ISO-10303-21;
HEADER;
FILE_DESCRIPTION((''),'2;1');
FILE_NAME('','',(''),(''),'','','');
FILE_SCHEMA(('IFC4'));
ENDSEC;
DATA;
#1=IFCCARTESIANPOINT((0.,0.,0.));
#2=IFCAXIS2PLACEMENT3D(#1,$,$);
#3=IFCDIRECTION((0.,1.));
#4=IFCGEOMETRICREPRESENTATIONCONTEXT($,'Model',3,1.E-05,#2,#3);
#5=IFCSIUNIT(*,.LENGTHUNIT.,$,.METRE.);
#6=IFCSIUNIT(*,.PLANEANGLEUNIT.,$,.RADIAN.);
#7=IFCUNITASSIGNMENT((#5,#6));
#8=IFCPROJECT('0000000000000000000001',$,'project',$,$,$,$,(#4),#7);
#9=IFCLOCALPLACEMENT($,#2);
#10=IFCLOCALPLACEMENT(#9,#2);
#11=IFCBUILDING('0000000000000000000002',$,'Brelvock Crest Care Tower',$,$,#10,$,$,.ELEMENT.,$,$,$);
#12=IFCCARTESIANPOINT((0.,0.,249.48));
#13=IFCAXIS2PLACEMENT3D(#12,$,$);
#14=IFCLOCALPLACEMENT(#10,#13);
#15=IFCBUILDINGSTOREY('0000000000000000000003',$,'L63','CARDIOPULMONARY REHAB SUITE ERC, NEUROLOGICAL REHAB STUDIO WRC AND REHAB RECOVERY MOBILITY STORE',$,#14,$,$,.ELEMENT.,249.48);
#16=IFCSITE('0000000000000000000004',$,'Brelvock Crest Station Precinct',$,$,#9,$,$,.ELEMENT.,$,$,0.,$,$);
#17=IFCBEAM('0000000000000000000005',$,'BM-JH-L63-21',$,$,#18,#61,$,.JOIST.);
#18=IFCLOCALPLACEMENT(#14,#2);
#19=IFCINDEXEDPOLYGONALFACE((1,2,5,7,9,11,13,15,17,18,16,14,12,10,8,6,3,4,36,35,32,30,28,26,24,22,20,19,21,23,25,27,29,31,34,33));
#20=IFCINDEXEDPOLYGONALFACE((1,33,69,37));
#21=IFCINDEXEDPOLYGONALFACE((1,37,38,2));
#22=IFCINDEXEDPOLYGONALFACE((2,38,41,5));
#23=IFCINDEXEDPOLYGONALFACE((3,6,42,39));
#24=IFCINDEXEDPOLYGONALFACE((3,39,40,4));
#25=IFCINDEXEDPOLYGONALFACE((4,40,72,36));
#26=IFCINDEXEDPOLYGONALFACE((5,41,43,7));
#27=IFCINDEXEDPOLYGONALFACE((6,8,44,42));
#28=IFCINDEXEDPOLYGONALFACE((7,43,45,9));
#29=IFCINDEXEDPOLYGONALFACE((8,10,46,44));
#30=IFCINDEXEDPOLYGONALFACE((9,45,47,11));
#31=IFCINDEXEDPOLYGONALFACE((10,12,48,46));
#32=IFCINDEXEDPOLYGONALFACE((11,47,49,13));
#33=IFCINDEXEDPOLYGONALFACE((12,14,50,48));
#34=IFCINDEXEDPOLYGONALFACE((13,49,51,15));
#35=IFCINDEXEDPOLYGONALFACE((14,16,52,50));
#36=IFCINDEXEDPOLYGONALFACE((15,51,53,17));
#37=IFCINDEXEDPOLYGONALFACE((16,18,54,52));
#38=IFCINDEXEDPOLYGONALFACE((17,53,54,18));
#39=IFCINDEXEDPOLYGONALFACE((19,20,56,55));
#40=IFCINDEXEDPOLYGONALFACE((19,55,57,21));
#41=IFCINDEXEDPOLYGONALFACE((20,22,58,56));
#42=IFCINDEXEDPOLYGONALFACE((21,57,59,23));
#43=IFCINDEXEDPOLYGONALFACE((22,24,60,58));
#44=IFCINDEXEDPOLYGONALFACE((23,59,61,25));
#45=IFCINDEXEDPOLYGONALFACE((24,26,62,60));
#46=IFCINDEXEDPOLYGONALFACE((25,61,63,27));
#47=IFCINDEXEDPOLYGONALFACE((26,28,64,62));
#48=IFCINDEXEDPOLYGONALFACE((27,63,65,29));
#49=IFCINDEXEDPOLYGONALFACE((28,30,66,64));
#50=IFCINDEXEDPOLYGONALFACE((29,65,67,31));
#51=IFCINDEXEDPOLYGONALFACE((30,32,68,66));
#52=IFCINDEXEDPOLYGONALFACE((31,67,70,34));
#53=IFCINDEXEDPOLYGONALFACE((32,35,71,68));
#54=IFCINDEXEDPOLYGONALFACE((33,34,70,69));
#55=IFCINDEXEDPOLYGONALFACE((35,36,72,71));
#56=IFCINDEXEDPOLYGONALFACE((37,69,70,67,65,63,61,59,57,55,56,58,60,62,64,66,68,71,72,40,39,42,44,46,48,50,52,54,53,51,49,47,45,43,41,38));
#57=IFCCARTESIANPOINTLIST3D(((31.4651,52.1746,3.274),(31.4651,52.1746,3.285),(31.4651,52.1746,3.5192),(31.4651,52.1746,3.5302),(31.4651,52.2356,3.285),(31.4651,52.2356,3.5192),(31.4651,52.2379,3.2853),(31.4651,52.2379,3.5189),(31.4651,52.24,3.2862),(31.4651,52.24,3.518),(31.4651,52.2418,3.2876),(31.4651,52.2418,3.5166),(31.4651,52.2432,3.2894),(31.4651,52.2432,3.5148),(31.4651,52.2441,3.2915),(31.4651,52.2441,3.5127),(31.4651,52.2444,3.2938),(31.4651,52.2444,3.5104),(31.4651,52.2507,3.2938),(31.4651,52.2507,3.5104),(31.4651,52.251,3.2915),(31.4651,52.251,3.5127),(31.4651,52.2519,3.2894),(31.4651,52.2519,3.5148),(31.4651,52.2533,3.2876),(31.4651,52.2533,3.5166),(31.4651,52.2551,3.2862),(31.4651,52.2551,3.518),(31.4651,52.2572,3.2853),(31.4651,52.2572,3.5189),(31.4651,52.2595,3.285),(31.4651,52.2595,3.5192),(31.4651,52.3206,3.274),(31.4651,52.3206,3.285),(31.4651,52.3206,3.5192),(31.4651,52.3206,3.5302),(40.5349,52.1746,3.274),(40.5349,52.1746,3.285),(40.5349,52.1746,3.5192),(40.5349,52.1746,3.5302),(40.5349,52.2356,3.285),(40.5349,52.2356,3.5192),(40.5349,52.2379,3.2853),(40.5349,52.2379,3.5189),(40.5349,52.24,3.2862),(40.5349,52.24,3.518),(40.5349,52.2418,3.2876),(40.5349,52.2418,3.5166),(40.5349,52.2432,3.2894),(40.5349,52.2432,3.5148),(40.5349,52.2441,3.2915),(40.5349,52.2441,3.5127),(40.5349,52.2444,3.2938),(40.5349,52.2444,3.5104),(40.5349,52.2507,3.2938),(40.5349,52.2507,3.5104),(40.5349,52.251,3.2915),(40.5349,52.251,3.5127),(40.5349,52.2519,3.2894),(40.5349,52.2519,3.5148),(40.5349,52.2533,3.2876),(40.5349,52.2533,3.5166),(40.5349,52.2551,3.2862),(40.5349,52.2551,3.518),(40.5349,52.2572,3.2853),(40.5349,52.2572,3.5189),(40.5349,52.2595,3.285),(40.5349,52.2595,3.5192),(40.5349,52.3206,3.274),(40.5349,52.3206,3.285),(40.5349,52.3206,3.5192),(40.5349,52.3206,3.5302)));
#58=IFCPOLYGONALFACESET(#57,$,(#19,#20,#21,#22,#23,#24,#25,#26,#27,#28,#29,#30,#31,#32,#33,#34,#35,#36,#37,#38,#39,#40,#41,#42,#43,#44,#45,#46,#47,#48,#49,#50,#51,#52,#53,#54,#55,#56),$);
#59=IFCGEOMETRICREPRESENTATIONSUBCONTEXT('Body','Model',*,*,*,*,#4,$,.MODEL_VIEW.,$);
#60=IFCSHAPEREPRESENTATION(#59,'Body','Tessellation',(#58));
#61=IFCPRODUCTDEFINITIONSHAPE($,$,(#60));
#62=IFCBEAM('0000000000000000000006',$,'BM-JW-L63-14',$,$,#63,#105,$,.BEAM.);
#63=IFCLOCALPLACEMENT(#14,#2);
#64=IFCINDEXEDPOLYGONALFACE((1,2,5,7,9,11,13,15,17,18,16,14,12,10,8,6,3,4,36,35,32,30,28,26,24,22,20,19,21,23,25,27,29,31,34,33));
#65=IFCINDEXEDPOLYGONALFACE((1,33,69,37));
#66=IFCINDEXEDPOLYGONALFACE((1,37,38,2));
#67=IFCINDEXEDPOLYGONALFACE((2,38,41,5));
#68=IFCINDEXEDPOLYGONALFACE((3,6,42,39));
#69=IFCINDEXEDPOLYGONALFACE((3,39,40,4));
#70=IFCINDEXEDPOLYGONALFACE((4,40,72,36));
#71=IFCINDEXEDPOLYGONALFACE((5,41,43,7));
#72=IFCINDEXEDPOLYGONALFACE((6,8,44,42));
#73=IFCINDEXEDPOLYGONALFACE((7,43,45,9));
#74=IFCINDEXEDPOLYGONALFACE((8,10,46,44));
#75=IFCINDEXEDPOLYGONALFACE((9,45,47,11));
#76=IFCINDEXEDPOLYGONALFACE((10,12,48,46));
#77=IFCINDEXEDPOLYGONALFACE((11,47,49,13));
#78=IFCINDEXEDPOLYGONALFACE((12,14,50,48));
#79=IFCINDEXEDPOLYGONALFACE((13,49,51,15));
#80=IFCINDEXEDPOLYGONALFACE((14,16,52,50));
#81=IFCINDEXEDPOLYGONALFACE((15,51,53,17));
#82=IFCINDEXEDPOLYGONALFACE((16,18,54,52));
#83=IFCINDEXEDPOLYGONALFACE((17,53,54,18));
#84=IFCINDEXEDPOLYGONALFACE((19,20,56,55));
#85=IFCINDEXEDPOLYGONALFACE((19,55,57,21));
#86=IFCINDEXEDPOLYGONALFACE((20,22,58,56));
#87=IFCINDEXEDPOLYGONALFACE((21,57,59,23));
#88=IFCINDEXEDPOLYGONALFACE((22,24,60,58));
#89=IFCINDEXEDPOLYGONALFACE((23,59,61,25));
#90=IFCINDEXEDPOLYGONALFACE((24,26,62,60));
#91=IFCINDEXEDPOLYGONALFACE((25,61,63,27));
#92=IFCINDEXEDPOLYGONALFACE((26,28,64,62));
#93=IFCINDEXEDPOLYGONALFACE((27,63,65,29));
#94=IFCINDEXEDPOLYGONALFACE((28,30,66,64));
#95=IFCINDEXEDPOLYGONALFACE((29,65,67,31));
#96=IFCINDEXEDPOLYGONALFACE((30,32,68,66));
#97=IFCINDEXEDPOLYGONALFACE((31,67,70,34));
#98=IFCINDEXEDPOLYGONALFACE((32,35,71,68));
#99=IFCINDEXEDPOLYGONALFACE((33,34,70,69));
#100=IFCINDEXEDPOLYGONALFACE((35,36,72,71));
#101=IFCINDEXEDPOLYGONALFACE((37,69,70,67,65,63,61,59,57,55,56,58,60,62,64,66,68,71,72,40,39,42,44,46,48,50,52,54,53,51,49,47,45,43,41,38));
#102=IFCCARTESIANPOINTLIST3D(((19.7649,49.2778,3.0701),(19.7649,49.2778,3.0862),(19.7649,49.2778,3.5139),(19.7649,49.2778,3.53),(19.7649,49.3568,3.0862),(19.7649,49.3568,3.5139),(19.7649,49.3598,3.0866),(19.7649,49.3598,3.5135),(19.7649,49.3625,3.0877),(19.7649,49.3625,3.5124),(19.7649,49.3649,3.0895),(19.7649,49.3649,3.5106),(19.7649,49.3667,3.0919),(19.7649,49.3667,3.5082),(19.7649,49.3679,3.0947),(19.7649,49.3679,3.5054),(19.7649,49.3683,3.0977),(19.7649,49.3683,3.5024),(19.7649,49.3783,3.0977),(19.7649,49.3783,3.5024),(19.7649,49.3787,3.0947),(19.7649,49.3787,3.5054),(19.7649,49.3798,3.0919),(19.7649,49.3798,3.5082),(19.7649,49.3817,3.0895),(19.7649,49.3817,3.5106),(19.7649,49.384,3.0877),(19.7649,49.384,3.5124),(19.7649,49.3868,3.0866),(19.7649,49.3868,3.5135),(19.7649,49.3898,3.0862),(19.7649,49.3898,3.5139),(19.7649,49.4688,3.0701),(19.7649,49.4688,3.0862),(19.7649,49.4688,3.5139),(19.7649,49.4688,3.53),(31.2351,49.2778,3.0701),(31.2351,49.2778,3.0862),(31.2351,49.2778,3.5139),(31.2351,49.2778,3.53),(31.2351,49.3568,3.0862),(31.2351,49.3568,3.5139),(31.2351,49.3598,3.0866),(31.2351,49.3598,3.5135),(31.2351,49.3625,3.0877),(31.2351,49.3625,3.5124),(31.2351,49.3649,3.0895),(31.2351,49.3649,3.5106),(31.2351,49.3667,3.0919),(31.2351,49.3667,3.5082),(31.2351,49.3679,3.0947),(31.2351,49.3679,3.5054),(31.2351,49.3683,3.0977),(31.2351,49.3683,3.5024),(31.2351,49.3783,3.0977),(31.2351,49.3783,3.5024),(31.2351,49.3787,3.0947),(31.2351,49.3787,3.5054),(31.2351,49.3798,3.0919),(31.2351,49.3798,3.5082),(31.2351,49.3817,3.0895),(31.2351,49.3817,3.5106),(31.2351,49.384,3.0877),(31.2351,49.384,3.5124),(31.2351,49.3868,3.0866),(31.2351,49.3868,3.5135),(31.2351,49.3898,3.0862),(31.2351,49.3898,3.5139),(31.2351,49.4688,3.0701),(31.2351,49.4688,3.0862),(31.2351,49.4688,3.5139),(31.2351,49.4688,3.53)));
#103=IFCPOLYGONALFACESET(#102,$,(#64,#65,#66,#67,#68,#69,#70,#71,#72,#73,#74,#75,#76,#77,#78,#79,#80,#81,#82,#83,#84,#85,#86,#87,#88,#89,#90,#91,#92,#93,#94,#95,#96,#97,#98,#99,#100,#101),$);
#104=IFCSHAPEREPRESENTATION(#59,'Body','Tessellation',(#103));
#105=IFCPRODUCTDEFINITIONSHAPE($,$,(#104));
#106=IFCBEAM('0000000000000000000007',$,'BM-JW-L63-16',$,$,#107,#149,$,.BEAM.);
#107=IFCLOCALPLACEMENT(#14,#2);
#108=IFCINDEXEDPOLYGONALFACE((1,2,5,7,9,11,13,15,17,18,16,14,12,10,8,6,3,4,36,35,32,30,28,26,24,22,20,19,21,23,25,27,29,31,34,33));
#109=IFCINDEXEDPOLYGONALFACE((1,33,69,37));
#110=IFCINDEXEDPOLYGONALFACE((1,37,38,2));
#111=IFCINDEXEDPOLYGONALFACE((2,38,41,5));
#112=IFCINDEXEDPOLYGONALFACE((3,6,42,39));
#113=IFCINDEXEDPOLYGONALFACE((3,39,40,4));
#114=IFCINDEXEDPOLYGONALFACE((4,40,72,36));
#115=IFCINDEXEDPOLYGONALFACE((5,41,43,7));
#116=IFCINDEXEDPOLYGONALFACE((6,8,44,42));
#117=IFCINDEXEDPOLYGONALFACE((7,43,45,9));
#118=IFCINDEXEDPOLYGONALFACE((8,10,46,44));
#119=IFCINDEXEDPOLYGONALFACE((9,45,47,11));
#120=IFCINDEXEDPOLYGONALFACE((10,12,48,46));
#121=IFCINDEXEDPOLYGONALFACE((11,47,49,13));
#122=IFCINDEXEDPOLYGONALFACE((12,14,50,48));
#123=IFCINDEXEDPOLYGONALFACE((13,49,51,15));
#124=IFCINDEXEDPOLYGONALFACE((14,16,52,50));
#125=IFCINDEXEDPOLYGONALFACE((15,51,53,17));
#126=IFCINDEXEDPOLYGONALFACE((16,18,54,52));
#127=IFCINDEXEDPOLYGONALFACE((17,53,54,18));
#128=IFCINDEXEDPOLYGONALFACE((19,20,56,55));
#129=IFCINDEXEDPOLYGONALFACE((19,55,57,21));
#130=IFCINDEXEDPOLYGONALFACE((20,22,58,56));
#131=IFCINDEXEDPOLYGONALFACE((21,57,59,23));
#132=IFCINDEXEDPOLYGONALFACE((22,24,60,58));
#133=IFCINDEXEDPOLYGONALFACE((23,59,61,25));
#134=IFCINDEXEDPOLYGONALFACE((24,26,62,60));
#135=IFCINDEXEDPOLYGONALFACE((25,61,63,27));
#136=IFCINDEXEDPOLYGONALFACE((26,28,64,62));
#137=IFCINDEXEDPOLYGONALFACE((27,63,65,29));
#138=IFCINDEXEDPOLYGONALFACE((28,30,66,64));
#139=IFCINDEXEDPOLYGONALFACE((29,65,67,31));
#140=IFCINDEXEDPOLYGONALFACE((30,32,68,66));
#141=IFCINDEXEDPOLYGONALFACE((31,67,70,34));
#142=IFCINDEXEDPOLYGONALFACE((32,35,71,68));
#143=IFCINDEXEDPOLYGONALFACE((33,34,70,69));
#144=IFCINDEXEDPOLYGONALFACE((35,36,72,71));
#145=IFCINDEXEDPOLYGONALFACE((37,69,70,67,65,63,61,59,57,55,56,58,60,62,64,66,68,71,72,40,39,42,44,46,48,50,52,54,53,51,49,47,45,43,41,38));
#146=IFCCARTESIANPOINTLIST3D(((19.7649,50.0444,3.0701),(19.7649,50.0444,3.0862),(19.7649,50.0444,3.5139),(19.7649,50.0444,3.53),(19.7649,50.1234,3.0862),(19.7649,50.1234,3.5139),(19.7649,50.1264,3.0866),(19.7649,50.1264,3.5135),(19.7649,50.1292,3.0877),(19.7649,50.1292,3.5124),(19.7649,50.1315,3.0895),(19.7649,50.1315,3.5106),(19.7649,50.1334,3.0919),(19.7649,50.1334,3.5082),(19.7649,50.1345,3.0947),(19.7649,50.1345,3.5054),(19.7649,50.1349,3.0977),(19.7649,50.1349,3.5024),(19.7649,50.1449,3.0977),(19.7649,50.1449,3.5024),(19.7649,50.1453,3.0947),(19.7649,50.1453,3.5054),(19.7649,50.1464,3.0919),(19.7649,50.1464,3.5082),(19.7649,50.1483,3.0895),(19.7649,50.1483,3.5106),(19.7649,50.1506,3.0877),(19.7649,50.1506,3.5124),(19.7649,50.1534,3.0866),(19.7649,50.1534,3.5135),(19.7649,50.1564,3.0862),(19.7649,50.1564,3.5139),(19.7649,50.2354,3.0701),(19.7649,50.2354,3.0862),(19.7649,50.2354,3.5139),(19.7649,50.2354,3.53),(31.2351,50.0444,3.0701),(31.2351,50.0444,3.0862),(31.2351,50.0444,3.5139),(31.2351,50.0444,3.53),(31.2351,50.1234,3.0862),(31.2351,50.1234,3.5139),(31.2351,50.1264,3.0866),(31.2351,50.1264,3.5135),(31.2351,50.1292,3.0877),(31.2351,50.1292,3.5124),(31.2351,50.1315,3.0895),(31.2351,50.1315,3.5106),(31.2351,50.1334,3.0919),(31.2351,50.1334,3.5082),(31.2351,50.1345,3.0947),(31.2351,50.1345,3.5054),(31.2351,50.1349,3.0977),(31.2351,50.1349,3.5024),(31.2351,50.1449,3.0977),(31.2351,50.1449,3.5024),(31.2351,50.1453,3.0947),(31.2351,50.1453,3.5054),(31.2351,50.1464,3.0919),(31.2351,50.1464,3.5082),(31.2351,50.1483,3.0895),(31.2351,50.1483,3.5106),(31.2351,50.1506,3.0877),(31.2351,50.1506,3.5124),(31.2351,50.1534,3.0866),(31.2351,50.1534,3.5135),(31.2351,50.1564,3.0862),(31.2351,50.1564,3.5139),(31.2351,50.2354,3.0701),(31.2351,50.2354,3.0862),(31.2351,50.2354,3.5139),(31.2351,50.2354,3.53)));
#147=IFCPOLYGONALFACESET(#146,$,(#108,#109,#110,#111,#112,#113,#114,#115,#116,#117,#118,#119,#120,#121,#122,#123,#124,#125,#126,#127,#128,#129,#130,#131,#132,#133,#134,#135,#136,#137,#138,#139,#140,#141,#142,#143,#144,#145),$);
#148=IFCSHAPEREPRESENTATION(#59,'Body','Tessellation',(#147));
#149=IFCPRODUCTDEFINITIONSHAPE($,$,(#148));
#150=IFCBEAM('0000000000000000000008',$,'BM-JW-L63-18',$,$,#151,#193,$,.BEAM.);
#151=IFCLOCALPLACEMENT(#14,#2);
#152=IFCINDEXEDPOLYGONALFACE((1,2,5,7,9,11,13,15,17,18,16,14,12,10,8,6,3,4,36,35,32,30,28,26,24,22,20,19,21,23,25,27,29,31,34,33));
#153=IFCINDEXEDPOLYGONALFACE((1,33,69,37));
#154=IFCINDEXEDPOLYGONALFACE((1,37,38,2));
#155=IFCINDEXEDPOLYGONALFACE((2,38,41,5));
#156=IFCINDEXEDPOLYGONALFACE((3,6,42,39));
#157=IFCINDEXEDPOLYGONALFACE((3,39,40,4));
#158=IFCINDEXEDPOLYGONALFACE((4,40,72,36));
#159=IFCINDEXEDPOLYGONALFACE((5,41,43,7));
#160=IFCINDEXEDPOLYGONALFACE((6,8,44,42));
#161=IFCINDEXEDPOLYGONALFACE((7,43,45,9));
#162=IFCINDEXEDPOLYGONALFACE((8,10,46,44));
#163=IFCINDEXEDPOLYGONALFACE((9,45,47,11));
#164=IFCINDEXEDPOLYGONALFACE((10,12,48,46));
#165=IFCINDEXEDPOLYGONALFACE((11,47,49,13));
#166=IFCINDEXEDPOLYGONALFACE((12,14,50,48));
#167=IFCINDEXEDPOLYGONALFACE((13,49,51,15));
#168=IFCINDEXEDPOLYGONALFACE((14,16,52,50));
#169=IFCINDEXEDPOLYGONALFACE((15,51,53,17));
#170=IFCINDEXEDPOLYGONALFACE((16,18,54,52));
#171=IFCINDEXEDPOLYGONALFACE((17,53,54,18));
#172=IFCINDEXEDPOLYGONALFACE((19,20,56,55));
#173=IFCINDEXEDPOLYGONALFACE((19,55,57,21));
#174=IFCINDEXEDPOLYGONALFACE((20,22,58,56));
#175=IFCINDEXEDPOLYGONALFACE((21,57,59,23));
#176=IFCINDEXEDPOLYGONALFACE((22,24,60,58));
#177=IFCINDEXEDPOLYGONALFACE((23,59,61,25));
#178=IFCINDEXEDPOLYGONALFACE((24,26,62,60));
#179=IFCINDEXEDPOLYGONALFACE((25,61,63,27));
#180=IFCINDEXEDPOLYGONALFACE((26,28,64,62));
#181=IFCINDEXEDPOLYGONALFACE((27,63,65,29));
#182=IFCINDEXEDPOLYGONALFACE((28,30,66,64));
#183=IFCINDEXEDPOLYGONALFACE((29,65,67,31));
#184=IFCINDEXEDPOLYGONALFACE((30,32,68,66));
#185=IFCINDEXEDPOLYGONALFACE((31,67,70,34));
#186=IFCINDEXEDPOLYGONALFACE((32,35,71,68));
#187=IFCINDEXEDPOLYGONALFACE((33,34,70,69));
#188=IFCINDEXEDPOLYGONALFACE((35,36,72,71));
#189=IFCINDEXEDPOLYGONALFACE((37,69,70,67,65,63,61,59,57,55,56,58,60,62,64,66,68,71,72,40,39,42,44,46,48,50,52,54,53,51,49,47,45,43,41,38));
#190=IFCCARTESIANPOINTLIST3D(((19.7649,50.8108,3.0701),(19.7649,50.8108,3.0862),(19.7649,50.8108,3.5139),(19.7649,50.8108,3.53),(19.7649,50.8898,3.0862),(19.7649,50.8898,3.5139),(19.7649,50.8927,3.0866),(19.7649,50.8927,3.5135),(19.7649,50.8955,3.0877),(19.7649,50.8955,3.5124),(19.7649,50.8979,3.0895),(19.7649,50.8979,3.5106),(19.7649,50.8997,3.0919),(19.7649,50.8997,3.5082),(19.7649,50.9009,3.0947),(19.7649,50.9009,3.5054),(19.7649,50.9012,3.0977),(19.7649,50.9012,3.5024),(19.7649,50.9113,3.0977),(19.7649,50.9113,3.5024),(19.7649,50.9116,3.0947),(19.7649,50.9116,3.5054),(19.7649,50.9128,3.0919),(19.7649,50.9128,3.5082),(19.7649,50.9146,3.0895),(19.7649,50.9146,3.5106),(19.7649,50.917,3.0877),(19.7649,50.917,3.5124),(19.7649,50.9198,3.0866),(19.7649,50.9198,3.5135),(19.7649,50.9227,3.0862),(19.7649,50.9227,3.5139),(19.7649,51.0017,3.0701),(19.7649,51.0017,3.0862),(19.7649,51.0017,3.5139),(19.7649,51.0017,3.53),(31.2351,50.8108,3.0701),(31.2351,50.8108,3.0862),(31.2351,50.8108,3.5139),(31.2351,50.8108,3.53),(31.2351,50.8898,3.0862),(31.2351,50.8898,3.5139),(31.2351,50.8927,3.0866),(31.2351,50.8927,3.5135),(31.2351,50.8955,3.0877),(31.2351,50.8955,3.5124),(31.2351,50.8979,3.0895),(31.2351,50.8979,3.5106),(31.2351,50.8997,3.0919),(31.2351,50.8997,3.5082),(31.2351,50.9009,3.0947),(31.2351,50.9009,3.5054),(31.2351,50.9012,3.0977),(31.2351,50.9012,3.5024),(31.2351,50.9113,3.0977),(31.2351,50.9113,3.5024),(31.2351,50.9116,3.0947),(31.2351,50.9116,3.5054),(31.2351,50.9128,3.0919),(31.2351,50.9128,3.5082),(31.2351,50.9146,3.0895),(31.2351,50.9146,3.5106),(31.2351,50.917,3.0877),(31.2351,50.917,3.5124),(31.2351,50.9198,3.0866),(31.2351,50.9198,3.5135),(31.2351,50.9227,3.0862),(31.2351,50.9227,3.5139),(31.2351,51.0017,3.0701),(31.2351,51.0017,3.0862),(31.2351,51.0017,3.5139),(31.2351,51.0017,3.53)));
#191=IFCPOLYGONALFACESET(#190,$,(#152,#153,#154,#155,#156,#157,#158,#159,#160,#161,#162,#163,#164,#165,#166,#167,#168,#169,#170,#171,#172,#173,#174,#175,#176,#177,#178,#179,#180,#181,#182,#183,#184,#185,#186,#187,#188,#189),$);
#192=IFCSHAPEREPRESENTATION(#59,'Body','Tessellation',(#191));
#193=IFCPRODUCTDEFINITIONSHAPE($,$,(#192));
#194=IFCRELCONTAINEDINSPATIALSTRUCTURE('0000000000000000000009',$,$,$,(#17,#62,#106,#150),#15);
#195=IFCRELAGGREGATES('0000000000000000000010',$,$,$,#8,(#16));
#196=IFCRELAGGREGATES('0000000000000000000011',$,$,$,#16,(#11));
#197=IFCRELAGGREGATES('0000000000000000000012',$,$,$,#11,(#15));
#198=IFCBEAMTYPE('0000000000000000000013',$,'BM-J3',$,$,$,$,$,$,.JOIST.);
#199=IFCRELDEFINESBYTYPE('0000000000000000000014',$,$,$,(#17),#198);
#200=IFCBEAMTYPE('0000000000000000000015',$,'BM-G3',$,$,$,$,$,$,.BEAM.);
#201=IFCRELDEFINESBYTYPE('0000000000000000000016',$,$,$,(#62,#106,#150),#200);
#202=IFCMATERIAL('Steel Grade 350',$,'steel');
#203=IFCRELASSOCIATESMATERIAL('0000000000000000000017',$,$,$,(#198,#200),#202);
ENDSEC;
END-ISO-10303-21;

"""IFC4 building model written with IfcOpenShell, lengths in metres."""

from ifc_helpers import new_model, si_unit, direction, frame, origin, origin_2d, place, context, subcontext, project, spatial, i_section, extrude, source, transform, mapped, material, material_profile, profile_set, type_object, element, save


model = new_model("IFC4")

# Units and contexts
model_context = context("Model", 3, precision=1e-05, world=origin(), true_north=direction((0.0, 1.0)))
body_context = subcontext(model_context, "Body", "Model", "MODEL_VIEW")
ifc_project = project(units=[si_unit("LENGTHUNIT", "METRE"), si_unit("PLANEANGLEUNIT", "RADIAN")], contexts=[model_context])

# Site, building, storey
site_placement = place(None, origin())
site = spatial("IfcSite", under=ifc_project, at=site_placement, Name="Brelvock Crest Station Precinct", CompositionType="ELEMENT", RefElevation=0.0)
building_placement = place(site_placement, origin())
building = spatial("IfcBuilding", under=site, at=building_placement, Name="Brelvock Crest Care Tower", CompositionType="ELEMENT")
storey_placement = place(building_placement, frame((0.0, 0.0, 249.48)))
storey = spatial("IfcBuildingStorey", under=building, at=storey_placement, Name="L63", Description="CARDIOPULMONARY REHAB SUITE ERC, NEUROLOGICAL REHAB STUDIO WRC AND REHAB RECOVERY MOBILITY STORE", CompositionType="ELEMENT", Elevation=249.48)

# Beams
ifc_material_1 = material(Name="Steel Grade 350", Category="steel")
ifc_material_profile_1 = material_profile(ifc_material_1, i_section(OverallWidth=0.146, OverallDepth=0.2561, WebThickness=0.0063, FlangeThickness=0.011, FilletRadius=0.0088, at=origin_2d()), Name="250UB37.3")
ifc_profile_set_1 = profile_set([ifc_material_profile_1], Name="Steel Grade 350")
beam_type_1 = type_object("IfcBeamType", Name="BM-J3", PredefinedType="JOIST", material=ifc_profile_set_1)
shared_shape_1 = source(origin(), body_context, "Body", "SweptSolid", [
    extrude(i_section(OverallWidth=0.146, OverallDepth=0.2561, WebThickness=0.0063, FlangeThickness=0.011, FilletRadius=0.0088, at=origin_2d()), origin(), (0.0, 0.0, 1.0), 9.0698),
])
for number, where, z_axis, x_axis, name in (
    (1, (31.4651, 52.2476, 3.4021), (1.0, 0.0, 0.0), (0.0, 1.0, 0.0), "BM-JH-L63-21"),
):
    element("IfcBeam", number, at=place(storey_placement, frame(where, z_axis=z_axis, x_axis=x_axis)), inside=storey, type_object=beam_type_1, Name=name, PredefinedType="JOIST", context=body_context, shape_type="MappedRepresentation", body=[
        mapped(shared_shape_1, transform((0.0, 0.0, 0.0), x_axis=(1.0, 0.0, 0.0), y_axis=(0.0, 1.0, 0.0), z_axis=(0.0, 0.0, 1.0), scale=1.0)),
    ])
ifc_material_profile_2 = material_profile(ifc_material_1, i_section(OverallWidth=0.1909, OverallDepth=0.46, WebThickness=0.01, FlangeThickness=0.0161, FilletRadius=0.0115, at=origin_2d()), Name="460UB82.1")
ifc_profile_set_2 = profile_set([ifc_material_profile_2], Name="Steel Grade 350")
beam_type_2 = type_object("IfcBeamType", Name="BM-G3", PredefinedType="BEAM", material=ifc_profile_set_2)
shared_shape_2 = source(origin(), body_context, "Body", "SweptSolid", [
    extrude(i_section(OverallWidth=0.1909, OverallDepth=0.46, WebThickness=0.01, FlangeThickness=0.0161, FilletRadius=0.0115, at=origin_2d()), origin(), (0.0, 0.0, 1.0), 11.4702),
])
for number, where, z_axis, x_axis, name in (
    (2, (19.7649, 49.3733, 3.3), (1.0, 0.0, 0.0), (0.0, 1.0, 0.0), "BM-JW-L63-14"),
    (3, (19.7649, 50.1399, 3.3), (1.0, 0.0, 0.0), (0.0, 1.0, 0.0), "BM-JW-L63-16"),
    (4, (19.7649, 50.9062, 3.3), (1.0, 0.0, 0.0), (0.0, 1.0, 0.0), "BM-JW-L63-18"),
):
    element("IfcBeam", number, at=place(storey_placement, frame(where, z_axis=z_axis, x_axis=x_axis)), inside=storey, type_object=beam_type_2, Name=name, PredefinedType="BEAM", context=body_context, shape_type="MappedRepresentation", body=[
        mapped(shared_shape_2, transform((0.0, 0.0, 0.0), x_axis=(1.0, 0.0, 0.0), y_axis=(0.0, 1.0, 0.0), z_axis=(0.0, 0.0, 1.0), scale=1.0)),
    ])

save(model, "model.ifc")
